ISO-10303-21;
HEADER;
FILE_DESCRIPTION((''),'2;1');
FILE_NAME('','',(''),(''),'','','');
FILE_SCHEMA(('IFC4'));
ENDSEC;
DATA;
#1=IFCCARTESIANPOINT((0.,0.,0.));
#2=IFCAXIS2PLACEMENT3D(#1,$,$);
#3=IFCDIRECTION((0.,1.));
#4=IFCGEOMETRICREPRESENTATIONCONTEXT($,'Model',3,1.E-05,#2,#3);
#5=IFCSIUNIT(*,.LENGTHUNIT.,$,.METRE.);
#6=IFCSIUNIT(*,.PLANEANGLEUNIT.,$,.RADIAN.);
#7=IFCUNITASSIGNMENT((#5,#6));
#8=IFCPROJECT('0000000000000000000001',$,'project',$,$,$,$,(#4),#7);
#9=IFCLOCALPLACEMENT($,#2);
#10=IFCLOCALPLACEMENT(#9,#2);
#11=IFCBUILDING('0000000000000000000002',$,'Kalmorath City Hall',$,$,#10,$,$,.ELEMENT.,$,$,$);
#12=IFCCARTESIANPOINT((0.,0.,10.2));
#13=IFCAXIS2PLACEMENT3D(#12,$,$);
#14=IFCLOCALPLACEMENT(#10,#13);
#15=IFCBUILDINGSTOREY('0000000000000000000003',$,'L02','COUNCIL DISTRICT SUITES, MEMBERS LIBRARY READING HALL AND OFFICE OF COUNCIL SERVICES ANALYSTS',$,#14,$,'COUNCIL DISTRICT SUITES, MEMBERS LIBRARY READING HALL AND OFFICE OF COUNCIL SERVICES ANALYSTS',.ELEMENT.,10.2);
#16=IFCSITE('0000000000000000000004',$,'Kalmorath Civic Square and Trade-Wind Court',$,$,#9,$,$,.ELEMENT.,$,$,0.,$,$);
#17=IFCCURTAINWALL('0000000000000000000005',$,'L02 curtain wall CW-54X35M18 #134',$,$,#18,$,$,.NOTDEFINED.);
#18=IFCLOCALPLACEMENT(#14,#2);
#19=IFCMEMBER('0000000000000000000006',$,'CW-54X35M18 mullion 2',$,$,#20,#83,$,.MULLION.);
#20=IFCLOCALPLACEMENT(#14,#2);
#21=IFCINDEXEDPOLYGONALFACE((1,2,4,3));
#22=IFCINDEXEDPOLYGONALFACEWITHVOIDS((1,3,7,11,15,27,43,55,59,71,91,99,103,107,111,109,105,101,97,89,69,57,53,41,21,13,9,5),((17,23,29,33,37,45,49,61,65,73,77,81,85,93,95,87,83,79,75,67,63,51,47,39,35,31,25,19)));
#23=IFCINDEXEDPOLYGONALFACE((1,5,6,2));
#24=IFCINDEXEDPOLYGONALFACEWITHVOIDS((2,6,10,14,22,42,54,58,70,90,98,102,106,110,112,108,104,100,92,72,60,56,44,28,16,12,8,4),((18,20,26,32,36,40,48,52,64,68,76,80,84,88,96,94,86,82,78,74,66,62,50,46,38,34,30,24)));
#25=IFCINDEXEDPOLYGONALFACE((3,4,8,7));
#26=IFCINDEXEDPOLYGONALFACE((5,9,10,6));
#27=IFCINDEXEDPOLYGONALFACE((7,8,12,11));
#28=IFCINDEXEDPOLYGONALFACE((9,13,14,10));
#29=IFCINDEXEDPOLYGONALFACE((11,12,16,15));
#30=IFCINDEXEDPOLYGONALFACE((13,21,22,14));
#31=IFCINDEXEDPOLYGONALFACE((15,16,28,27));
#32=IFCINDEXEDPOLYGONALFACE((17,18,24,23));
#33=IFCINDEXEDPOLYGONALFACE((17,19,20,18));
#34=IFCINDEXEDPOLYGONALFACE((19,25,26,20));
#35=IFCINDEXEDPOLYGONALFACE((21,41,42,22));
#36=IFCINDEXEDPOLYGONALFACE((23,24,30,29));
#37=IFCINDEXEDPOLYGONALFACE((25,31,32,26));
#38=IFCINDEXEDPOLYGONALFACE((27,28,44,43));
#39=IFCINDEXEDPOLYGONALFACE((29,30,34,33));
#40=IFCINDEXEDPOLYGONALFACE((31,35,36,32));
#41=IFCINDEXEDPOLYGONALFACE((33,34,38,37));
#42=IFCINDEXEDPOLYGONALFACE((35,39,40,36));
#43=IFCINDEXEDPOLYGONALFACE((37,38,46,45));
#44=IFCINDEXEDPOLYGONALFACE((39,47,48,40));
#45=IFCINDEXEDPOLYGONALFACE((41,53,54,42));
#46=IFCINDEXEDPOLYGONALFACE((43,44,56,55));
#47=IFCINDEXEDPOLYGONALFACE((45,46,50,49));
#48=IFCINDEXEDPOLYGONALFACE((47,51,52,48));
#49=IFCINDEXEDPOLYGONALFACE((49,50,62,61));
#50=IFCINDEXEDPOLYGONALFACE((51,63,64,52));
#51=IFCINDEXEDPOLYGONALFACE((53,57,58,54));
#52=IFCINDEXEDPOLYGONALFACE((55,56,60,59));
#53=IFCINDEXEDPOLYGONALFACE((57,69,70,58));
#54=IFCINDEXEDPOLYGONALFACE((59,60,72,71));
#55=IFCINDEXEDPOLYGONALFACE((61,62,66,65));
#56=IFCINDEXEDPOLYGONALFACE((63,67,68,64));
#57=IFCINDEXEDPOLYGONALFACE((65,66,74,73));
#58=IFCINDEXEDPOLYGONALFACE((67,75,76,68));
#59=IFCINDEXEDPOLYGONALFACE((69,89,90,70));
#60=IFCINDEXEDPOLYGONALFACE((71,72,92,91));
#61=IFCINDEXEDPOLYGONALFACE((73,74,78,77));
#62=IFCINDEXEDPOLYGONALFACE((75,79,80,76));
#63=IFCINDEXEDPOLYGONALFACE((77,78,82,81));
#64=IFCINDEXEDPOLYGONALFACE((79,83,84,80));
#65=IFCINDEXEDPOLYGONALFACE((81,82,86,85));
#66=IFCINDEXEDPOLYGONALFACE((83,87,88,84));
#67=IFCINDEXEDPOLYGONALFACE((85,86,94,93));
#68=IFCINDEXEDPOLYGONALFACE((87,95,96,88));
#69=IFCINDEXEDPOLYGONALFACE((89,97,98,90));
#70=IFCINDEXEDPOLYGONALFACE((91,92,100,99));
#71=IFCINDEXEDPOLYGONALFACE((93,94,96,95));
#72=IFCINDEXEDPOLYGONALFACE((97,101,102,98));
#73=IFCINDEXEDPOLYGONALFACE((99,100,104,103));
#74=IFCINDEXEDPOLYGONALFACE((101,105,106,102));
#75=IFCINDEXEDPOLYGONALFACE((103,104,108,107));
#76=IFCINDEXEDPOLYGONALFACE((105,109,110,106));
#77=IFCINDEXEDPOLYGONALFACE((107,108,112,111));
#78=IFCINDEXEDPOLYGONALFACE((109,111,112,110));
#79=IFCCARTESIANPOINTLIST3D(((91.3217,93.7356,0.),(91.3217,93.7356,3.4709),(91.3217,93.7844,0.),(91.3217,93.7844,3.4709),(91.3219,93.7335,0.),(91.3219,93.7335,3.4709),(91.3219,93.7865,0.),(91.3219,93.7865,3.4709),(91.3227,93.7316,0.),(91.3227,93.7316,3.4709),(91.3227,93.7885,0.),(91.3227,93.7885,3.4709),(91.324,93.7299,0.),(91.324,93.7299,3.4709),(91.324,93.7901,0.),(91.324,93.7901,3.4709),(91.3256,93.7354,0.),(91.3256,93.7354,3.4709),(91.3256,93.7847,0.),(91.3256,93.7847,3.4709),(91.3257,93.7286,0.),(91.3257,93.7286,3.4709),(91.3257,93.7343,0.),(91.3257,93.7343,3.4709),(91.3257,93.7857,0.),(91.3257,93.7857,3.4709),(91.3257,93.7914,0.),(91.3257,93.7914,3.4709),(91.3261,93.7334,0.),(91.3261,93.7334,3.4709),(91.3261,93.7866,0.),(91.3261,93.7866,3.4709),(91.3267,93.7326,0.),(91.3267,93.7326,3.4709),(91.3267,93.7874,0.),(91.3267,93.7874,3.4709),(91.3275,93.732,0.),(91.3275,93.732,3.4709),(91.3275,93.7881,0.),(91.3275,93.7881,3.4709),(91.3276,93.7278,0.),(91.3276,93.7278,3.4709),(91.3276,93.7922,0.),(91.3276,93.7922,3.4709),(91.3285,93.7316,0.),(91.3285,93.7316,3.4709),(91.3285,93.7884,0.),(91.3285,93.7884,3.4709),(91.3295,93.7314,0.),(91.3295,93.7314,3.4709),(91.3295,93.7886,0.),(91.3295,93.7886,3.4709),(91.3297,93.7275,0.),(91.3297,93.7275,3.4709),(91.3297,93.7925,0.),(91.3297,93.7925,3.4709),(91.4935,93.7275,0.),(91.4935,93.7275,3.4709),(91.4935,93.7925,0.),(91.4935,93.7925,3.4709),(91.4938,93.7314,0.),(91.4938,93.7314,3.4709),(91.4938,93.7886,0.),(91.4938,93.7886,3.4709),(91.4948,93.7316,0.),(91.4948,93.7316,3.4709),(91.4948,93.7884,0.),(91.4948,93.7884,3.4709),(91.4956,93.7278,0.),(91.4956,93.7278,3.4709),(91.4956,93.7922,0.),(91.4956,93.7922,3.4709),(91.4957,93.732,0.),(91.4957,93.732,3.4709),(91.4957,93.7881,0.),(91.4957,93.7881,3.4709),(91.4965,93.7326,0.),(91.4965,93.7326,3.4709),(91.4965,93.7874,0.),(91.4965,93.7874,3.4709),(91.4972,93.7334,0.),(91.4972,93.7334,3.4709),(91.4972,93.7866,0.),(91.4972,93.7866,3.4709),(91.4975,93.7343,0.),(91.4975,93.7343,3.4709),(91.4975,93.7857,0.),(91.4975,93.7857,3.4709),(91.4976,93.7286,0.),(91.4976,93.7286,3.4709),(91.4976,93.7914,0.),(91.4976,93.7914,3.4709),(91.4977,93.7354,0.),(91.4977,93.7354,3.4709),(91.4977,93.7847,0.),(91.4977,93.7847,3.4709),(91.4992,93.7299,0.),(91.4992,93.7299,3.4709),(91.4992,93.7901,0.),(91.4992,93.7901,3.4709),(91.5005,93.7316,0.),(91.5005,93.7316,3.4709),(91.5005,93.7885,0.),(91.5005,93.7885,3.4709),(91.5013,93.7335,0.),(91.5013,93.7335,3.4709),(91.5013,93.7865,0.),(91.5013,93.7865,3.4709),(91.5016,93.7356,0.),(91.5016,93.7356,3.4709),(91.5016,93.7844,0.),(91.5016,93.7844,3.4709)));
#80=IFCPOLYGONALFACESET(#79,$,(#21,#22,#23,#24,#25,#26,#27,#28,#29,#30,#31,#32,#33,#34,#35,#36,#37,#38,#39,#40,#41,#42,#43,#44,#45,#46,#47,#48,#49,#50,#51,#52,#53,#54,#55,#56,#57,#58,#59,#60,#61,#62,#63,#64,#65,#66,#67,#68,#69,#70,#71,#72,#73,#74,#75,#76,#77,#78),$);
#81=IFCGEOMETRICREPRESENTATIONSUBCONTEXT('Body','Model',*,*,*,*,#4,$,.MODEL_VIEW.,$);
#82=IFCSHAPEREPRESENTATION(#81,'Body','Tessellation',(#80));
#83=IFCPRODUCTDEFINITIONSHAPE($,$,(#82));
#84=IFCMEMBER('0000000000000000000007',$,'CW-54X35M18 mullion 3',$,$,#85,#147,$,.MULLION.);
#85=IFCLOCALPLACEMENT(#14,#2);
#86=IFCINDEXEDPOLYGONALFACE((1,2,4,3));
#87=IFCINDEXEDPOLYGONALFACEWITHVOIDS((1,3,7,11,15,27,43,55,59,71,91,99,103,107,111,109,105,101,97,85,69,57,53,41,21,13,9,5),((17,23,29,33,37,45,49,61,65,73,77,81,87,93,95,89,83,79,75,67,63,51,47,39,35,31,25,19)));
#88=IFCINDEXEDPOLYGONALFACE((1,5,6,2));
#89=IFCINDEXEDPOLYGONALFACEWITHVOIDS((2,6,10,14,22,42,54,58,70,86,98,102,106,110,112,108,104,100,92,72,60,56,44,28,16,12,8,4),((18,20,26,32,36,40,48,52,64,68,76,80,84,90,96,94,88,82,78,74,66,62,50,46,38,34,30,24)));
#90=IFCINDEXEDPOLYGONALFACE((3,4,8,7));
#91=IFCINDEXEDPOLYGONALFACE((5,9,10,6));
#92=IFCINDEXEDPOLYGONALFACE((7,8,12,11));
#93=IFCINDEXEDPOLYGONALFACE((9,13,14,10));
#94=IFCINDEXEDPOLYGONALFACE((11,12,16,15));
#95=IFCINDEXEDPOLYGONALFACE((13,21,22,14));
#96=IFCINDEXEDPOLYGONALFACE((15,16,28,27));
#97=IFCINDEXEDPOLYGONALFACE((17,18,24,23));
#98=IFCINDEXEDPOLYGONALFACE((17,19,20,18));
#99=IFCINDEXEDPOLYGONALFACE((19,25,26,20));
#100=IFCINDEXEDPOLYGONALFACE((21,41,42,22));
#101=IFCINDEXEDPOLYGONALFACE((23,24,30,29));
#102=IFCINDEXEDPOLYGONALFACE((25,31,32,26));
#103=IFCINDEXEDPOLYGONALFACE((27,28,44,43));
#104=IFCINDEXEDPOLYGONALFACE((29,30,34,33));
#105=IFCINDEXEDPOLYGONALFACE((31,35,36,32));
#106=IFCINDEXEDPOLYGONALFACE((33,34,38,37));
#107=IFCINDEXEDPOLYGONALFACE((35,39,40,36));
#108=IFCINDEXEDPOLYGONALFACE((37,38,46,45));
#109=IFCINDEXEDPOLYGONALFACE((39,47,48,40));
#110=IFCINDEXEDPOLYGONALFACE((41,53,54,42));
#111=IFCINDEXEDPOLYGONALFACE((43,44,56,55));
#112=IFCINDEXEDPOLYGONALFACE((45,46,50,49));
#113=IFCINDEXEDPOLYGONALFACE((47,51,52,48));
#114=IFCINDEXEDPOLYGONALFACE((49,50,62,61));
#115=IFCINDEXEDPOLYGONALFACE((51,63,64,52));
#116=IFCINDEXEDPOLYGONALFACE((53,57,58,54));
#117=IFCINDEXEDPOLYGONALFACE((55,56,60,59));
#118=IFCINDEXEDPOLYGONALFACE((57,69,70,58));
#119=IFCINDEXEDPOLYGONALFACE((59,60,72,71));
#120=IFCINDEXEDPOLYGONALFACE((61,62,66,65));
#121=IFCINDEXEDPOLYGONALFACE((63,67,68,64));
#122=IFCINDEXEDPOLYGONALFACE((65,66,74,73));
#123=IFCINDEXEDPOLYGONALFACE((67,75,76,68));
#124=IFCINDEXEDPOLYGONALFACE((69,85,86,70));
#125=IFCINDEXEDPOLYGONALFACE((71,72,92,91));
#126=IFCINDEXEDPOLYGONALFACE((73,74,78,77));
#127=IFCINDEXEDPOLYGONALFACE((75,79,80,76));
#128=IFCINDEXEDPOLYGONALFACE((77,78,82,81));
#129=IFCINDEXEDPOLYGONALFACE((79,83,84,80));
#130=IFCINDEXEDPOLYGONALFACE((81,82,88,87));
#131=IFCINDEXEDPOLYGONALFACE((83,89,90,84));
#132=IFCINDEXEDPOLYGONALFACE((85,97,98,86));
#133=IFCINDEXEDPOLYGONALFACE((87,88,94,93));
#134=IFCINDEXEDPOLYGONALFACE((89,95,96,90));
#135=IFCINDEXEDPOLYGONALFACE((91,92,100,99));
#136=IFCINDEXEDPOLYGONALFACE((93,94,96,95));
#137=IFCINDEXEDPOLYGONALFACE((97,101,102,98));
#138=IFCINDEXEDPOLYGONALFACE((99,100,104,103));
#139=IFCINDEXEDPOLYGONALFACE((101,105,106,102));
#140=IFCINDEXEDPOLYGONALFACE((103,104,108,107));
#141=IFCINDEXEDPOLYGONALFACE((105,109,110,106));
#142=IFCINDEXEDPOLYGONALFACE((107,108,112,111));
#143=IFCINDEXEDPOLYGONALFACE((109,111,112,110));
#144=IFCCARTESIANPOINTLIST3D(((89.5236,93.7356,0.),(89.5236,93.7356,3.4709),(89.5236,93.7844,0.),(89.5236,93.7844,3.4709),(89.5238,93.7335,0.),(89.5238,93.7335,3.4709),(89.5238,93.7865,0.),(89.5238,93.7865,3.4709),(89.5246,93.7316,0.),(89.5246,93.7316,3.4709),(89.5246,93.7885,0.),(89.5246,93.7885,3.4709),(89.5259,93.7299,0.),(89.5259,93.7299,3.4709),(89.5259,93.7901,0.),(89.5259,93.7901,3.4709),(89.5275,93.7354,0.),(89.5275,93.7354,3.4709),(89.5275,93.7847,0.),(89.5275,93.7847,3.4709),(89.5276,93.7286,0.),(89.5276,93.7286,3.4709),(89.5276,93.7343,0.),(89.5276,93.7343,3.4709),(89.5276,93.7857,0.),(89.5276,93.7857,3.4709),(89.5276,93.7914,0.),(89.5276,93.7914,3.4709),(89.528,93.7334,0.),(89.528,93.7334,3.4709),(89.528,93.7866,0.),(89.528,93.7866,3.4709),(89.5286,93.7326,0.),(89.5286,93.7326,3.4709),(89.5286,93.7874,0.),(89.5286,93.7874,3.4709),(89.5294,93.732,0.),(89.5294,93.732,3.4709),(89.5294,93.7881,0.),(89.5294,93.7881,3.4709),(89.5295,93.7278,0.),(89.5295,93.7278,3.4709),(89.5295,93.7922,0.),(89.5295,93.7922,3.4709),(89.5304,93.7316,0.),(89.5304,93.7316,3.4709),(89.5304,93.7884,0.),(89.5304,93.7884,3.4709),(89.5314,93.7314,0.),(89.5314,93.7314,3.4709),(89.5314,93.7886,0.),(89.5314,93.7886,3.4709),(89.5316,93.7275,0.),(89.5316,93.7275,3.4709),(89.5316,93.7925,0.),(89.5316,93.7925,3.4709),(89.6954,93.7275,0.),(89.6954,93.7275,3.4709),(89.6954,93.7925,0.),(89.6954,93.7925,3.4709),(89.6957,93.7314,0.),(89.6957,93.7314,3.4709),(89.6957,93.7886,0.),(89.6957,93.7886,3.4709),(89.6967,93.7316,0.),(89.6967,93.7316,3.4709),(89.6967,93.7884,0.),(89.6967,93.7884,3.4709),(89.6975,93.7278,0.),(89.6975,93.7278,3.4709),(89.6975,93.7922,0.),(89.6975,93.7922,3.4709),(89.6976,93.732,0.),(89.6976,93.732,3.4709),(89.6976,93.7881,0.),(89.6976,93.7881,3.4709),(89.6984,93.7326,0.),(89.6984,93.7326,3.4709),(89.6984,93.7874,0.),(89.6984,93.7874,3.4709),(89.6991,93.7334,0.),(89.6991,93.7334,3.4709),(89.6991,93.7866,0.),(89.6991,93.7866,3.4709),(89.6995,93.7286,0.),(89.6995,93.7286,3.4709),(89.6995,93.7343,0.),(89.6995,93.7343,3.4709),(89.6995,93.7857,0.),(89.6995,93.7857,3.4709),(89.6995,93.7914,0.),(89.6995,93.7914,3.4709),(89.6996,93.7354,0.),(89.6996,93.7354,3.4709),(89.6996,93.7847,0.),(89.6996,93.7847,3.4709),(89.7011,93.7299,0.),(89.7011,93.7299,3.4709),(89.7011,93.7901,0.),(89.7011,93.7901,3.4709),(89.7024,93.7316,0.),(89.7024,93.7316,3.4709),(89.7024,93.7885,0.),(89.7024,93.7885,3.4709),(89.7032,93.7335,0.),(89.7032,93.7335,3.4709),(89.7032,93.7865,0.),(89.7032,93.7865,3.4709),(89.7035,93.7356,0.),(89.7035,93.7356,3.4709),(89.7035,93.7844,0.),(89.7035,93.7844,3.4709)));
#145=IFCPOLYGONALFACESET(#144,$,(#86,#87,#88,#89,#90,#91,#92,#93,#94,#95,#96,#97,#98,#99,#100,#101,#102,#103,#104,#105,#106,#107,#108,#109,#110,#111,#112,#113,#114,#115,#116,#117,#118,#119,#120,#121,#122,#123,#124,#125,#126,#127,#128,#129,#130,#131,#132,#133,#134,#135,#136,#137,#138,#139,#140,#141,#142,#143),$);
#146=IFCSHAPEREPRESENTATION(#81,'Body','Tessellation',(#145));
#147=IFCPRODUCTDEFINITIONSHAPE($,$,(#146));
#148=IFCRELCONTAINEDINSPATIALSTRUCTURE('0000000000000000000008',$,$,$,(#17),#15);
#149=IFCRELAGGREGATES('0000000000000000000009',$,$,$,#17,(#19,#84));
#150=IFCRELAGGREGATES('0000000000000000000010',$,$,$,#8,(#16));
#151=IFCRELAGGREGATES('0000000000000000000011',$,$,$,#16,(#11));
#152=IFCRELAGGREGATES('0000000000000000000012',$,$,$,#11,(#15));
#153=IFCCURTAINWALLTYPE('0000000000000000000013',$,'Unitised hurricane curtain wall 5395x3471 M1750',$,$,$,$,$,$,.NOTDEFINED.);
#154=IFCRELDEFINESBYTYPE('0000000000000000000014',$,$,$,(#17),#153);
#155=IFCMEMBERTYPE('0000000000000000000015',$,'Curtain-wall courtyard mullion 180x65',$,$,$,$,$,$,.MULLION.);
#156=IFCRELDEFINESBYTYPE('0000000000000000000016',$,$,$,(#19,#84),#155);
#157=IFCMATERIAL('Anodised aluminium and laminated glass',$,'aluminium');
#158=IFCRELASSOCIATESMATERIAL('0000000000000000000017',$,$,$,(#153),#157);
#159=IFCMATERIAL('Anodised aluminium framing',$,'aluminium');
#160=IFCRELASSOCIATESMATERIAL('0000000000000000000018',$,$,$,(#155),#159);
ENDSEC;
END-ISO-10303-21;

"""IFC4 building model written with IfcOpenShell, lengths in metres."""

from ifc_helpers import new_model, si_unit, direction, frame, origin, origin_2d, place, context, subcontext, project, spatial, hollow_rectangle, extrude, material, material_profile, profile_set, type_object, element, aggregate, save


model = new_model("IFC4")

# Units and contexts
model_context = context("Model", 3, precision=1e-05, world=origin(), true_north=direction((0.0, 1.0)))
body_context = subcontext(model_context, "Body", "Model", "MODEL_VIEW")
ifc_project = project(units=[si_unit("LENGTHUNIT", "METRE"), si_unit("PLANEANGLEUNIT", "RADIAN")], contexts=[model_context])

# Site, building, storey
site_placement = place(None, origin())
site = spatial("IfcSite", under=ifc_project, at=site_placement, Name="Kalmorath Civic Square and Trade-Wind Court", CompositionType="ELEMENT", RefElevation=0.0)
building_placement = place(site_placement, origin())
building = spatial("IfcBuilding", under=site, at=building_placement, Name="Kalmorath City Hall", CompositionType="ELEMENT")
storey_placement = place(building_placement, frame((0.0, 0.0, 10.2)))
storey = spatial("IfcBuildingStorey", under=building, at=storey_placement, Name="L02", Description="COUNCIL DISTRICT SUITES, MEMBERS LIBRARY READING HALL AND OFFICE OF COUNCIL SERVICES ANALYSTS", LongName="COUNCIL DISTRICT SUITES, MEMBERS LIBRARY READING HALL AND OFFICE OF COUNCIL SERVICES ANALYSTS", CompositionType="ELEMENT", Elevation=10.2)

# Curtain wall, members
ifc_material_1 = material(Name="Anodised aluminium and laminated glass", Category="aluminium")
curtain_wall_type = type_object("IfcCurtainWallType", Name="Unitised hurricane curtain wall 5395x3471 M1750", PredefinedType="NOTDEFINED", material=ifc_material_1)
curtain_wall_placement = place(storey_placement, origin())
curtain_wall = element("IfcCurtainWall", 1, at=curtain_wall_placement, inside=storey, type_object=curtain_wall_type, Name="L02 curtain wall CW-54X35M18 #134", PredefinedType="NOTDEFINED")
ifc_material_2 = material(Name="Anodised aluminium framing", Category="aluminium")
ifc_material_profile_1 = material_profile(ifc_material_2, hollow_rectangle(XDim=0.0649, YDim=0.1799, WallThickness=0.0039, InnerFilletRadius=0.0039, OuterFilletRadius=0.0081, at=origin_2d()), Name="ALU-MUL-180X65X4")
ifc_profile_set_1 = profile_set([ifc_material_profile_1], Name="Anodised aluminium framing")
member_type_1 = type_object("IfcMemberType", Name="Curtain-wall courtyard mullion 180x65", PredefinedType="MULLION", material=ifc_profile_set_1)
member_1_placement = place(storey_placement, frame((91.4116, 93.76, 0.0), z_axis=(0.0, 0.0, 1.0), x_axis=(0.0, -1.0, 0.0)))
member_1 = element("IfcMember", 2, at=member_1_placement, type_object=member_type_1, Name="CW-54X35M18 mullion 2", PredefinedType="MULLION", context=body_context, shape_type="SweptSolid", body=[
    extrude(hollow_rectangle(XDim=0.0649, YDim=0.1799, WallThickness=0.0039, InnerFilletRadius=0.0039, OuterFilletRadius=0.0081, at=origin_2d()), origin(), (0.0, 0.0, 1.0), 3.4709),
])
member_2_placement = place(storey_placement, frame((89.6135, 93.76, 0.0), z_axis=(0.0, 0.0, 1.0), x_axis=(0.0, -1.0, 0.0)))
member_2 = element("IfcMember", 3, at=member_2_placement, type_object=member_type_1, Name="CW-54X35M18 mullion 3", PredefinedType="MULLION", context=body_context, shape_type="SweptSolid", body=[
    extrude(hollow_rectangle(XDim=0.0649, YDim=0.1799, WallThickness=0.0039, InnerFilletRadius=0.0039, OuterFilletRadius=0.0081, at=origin_2d()), origin(), (0.0, 0.0, 1.0), 3.4709),
])

aggregate(curtain_wall, [member_1, member_2])

save(model, "model.ifc")
